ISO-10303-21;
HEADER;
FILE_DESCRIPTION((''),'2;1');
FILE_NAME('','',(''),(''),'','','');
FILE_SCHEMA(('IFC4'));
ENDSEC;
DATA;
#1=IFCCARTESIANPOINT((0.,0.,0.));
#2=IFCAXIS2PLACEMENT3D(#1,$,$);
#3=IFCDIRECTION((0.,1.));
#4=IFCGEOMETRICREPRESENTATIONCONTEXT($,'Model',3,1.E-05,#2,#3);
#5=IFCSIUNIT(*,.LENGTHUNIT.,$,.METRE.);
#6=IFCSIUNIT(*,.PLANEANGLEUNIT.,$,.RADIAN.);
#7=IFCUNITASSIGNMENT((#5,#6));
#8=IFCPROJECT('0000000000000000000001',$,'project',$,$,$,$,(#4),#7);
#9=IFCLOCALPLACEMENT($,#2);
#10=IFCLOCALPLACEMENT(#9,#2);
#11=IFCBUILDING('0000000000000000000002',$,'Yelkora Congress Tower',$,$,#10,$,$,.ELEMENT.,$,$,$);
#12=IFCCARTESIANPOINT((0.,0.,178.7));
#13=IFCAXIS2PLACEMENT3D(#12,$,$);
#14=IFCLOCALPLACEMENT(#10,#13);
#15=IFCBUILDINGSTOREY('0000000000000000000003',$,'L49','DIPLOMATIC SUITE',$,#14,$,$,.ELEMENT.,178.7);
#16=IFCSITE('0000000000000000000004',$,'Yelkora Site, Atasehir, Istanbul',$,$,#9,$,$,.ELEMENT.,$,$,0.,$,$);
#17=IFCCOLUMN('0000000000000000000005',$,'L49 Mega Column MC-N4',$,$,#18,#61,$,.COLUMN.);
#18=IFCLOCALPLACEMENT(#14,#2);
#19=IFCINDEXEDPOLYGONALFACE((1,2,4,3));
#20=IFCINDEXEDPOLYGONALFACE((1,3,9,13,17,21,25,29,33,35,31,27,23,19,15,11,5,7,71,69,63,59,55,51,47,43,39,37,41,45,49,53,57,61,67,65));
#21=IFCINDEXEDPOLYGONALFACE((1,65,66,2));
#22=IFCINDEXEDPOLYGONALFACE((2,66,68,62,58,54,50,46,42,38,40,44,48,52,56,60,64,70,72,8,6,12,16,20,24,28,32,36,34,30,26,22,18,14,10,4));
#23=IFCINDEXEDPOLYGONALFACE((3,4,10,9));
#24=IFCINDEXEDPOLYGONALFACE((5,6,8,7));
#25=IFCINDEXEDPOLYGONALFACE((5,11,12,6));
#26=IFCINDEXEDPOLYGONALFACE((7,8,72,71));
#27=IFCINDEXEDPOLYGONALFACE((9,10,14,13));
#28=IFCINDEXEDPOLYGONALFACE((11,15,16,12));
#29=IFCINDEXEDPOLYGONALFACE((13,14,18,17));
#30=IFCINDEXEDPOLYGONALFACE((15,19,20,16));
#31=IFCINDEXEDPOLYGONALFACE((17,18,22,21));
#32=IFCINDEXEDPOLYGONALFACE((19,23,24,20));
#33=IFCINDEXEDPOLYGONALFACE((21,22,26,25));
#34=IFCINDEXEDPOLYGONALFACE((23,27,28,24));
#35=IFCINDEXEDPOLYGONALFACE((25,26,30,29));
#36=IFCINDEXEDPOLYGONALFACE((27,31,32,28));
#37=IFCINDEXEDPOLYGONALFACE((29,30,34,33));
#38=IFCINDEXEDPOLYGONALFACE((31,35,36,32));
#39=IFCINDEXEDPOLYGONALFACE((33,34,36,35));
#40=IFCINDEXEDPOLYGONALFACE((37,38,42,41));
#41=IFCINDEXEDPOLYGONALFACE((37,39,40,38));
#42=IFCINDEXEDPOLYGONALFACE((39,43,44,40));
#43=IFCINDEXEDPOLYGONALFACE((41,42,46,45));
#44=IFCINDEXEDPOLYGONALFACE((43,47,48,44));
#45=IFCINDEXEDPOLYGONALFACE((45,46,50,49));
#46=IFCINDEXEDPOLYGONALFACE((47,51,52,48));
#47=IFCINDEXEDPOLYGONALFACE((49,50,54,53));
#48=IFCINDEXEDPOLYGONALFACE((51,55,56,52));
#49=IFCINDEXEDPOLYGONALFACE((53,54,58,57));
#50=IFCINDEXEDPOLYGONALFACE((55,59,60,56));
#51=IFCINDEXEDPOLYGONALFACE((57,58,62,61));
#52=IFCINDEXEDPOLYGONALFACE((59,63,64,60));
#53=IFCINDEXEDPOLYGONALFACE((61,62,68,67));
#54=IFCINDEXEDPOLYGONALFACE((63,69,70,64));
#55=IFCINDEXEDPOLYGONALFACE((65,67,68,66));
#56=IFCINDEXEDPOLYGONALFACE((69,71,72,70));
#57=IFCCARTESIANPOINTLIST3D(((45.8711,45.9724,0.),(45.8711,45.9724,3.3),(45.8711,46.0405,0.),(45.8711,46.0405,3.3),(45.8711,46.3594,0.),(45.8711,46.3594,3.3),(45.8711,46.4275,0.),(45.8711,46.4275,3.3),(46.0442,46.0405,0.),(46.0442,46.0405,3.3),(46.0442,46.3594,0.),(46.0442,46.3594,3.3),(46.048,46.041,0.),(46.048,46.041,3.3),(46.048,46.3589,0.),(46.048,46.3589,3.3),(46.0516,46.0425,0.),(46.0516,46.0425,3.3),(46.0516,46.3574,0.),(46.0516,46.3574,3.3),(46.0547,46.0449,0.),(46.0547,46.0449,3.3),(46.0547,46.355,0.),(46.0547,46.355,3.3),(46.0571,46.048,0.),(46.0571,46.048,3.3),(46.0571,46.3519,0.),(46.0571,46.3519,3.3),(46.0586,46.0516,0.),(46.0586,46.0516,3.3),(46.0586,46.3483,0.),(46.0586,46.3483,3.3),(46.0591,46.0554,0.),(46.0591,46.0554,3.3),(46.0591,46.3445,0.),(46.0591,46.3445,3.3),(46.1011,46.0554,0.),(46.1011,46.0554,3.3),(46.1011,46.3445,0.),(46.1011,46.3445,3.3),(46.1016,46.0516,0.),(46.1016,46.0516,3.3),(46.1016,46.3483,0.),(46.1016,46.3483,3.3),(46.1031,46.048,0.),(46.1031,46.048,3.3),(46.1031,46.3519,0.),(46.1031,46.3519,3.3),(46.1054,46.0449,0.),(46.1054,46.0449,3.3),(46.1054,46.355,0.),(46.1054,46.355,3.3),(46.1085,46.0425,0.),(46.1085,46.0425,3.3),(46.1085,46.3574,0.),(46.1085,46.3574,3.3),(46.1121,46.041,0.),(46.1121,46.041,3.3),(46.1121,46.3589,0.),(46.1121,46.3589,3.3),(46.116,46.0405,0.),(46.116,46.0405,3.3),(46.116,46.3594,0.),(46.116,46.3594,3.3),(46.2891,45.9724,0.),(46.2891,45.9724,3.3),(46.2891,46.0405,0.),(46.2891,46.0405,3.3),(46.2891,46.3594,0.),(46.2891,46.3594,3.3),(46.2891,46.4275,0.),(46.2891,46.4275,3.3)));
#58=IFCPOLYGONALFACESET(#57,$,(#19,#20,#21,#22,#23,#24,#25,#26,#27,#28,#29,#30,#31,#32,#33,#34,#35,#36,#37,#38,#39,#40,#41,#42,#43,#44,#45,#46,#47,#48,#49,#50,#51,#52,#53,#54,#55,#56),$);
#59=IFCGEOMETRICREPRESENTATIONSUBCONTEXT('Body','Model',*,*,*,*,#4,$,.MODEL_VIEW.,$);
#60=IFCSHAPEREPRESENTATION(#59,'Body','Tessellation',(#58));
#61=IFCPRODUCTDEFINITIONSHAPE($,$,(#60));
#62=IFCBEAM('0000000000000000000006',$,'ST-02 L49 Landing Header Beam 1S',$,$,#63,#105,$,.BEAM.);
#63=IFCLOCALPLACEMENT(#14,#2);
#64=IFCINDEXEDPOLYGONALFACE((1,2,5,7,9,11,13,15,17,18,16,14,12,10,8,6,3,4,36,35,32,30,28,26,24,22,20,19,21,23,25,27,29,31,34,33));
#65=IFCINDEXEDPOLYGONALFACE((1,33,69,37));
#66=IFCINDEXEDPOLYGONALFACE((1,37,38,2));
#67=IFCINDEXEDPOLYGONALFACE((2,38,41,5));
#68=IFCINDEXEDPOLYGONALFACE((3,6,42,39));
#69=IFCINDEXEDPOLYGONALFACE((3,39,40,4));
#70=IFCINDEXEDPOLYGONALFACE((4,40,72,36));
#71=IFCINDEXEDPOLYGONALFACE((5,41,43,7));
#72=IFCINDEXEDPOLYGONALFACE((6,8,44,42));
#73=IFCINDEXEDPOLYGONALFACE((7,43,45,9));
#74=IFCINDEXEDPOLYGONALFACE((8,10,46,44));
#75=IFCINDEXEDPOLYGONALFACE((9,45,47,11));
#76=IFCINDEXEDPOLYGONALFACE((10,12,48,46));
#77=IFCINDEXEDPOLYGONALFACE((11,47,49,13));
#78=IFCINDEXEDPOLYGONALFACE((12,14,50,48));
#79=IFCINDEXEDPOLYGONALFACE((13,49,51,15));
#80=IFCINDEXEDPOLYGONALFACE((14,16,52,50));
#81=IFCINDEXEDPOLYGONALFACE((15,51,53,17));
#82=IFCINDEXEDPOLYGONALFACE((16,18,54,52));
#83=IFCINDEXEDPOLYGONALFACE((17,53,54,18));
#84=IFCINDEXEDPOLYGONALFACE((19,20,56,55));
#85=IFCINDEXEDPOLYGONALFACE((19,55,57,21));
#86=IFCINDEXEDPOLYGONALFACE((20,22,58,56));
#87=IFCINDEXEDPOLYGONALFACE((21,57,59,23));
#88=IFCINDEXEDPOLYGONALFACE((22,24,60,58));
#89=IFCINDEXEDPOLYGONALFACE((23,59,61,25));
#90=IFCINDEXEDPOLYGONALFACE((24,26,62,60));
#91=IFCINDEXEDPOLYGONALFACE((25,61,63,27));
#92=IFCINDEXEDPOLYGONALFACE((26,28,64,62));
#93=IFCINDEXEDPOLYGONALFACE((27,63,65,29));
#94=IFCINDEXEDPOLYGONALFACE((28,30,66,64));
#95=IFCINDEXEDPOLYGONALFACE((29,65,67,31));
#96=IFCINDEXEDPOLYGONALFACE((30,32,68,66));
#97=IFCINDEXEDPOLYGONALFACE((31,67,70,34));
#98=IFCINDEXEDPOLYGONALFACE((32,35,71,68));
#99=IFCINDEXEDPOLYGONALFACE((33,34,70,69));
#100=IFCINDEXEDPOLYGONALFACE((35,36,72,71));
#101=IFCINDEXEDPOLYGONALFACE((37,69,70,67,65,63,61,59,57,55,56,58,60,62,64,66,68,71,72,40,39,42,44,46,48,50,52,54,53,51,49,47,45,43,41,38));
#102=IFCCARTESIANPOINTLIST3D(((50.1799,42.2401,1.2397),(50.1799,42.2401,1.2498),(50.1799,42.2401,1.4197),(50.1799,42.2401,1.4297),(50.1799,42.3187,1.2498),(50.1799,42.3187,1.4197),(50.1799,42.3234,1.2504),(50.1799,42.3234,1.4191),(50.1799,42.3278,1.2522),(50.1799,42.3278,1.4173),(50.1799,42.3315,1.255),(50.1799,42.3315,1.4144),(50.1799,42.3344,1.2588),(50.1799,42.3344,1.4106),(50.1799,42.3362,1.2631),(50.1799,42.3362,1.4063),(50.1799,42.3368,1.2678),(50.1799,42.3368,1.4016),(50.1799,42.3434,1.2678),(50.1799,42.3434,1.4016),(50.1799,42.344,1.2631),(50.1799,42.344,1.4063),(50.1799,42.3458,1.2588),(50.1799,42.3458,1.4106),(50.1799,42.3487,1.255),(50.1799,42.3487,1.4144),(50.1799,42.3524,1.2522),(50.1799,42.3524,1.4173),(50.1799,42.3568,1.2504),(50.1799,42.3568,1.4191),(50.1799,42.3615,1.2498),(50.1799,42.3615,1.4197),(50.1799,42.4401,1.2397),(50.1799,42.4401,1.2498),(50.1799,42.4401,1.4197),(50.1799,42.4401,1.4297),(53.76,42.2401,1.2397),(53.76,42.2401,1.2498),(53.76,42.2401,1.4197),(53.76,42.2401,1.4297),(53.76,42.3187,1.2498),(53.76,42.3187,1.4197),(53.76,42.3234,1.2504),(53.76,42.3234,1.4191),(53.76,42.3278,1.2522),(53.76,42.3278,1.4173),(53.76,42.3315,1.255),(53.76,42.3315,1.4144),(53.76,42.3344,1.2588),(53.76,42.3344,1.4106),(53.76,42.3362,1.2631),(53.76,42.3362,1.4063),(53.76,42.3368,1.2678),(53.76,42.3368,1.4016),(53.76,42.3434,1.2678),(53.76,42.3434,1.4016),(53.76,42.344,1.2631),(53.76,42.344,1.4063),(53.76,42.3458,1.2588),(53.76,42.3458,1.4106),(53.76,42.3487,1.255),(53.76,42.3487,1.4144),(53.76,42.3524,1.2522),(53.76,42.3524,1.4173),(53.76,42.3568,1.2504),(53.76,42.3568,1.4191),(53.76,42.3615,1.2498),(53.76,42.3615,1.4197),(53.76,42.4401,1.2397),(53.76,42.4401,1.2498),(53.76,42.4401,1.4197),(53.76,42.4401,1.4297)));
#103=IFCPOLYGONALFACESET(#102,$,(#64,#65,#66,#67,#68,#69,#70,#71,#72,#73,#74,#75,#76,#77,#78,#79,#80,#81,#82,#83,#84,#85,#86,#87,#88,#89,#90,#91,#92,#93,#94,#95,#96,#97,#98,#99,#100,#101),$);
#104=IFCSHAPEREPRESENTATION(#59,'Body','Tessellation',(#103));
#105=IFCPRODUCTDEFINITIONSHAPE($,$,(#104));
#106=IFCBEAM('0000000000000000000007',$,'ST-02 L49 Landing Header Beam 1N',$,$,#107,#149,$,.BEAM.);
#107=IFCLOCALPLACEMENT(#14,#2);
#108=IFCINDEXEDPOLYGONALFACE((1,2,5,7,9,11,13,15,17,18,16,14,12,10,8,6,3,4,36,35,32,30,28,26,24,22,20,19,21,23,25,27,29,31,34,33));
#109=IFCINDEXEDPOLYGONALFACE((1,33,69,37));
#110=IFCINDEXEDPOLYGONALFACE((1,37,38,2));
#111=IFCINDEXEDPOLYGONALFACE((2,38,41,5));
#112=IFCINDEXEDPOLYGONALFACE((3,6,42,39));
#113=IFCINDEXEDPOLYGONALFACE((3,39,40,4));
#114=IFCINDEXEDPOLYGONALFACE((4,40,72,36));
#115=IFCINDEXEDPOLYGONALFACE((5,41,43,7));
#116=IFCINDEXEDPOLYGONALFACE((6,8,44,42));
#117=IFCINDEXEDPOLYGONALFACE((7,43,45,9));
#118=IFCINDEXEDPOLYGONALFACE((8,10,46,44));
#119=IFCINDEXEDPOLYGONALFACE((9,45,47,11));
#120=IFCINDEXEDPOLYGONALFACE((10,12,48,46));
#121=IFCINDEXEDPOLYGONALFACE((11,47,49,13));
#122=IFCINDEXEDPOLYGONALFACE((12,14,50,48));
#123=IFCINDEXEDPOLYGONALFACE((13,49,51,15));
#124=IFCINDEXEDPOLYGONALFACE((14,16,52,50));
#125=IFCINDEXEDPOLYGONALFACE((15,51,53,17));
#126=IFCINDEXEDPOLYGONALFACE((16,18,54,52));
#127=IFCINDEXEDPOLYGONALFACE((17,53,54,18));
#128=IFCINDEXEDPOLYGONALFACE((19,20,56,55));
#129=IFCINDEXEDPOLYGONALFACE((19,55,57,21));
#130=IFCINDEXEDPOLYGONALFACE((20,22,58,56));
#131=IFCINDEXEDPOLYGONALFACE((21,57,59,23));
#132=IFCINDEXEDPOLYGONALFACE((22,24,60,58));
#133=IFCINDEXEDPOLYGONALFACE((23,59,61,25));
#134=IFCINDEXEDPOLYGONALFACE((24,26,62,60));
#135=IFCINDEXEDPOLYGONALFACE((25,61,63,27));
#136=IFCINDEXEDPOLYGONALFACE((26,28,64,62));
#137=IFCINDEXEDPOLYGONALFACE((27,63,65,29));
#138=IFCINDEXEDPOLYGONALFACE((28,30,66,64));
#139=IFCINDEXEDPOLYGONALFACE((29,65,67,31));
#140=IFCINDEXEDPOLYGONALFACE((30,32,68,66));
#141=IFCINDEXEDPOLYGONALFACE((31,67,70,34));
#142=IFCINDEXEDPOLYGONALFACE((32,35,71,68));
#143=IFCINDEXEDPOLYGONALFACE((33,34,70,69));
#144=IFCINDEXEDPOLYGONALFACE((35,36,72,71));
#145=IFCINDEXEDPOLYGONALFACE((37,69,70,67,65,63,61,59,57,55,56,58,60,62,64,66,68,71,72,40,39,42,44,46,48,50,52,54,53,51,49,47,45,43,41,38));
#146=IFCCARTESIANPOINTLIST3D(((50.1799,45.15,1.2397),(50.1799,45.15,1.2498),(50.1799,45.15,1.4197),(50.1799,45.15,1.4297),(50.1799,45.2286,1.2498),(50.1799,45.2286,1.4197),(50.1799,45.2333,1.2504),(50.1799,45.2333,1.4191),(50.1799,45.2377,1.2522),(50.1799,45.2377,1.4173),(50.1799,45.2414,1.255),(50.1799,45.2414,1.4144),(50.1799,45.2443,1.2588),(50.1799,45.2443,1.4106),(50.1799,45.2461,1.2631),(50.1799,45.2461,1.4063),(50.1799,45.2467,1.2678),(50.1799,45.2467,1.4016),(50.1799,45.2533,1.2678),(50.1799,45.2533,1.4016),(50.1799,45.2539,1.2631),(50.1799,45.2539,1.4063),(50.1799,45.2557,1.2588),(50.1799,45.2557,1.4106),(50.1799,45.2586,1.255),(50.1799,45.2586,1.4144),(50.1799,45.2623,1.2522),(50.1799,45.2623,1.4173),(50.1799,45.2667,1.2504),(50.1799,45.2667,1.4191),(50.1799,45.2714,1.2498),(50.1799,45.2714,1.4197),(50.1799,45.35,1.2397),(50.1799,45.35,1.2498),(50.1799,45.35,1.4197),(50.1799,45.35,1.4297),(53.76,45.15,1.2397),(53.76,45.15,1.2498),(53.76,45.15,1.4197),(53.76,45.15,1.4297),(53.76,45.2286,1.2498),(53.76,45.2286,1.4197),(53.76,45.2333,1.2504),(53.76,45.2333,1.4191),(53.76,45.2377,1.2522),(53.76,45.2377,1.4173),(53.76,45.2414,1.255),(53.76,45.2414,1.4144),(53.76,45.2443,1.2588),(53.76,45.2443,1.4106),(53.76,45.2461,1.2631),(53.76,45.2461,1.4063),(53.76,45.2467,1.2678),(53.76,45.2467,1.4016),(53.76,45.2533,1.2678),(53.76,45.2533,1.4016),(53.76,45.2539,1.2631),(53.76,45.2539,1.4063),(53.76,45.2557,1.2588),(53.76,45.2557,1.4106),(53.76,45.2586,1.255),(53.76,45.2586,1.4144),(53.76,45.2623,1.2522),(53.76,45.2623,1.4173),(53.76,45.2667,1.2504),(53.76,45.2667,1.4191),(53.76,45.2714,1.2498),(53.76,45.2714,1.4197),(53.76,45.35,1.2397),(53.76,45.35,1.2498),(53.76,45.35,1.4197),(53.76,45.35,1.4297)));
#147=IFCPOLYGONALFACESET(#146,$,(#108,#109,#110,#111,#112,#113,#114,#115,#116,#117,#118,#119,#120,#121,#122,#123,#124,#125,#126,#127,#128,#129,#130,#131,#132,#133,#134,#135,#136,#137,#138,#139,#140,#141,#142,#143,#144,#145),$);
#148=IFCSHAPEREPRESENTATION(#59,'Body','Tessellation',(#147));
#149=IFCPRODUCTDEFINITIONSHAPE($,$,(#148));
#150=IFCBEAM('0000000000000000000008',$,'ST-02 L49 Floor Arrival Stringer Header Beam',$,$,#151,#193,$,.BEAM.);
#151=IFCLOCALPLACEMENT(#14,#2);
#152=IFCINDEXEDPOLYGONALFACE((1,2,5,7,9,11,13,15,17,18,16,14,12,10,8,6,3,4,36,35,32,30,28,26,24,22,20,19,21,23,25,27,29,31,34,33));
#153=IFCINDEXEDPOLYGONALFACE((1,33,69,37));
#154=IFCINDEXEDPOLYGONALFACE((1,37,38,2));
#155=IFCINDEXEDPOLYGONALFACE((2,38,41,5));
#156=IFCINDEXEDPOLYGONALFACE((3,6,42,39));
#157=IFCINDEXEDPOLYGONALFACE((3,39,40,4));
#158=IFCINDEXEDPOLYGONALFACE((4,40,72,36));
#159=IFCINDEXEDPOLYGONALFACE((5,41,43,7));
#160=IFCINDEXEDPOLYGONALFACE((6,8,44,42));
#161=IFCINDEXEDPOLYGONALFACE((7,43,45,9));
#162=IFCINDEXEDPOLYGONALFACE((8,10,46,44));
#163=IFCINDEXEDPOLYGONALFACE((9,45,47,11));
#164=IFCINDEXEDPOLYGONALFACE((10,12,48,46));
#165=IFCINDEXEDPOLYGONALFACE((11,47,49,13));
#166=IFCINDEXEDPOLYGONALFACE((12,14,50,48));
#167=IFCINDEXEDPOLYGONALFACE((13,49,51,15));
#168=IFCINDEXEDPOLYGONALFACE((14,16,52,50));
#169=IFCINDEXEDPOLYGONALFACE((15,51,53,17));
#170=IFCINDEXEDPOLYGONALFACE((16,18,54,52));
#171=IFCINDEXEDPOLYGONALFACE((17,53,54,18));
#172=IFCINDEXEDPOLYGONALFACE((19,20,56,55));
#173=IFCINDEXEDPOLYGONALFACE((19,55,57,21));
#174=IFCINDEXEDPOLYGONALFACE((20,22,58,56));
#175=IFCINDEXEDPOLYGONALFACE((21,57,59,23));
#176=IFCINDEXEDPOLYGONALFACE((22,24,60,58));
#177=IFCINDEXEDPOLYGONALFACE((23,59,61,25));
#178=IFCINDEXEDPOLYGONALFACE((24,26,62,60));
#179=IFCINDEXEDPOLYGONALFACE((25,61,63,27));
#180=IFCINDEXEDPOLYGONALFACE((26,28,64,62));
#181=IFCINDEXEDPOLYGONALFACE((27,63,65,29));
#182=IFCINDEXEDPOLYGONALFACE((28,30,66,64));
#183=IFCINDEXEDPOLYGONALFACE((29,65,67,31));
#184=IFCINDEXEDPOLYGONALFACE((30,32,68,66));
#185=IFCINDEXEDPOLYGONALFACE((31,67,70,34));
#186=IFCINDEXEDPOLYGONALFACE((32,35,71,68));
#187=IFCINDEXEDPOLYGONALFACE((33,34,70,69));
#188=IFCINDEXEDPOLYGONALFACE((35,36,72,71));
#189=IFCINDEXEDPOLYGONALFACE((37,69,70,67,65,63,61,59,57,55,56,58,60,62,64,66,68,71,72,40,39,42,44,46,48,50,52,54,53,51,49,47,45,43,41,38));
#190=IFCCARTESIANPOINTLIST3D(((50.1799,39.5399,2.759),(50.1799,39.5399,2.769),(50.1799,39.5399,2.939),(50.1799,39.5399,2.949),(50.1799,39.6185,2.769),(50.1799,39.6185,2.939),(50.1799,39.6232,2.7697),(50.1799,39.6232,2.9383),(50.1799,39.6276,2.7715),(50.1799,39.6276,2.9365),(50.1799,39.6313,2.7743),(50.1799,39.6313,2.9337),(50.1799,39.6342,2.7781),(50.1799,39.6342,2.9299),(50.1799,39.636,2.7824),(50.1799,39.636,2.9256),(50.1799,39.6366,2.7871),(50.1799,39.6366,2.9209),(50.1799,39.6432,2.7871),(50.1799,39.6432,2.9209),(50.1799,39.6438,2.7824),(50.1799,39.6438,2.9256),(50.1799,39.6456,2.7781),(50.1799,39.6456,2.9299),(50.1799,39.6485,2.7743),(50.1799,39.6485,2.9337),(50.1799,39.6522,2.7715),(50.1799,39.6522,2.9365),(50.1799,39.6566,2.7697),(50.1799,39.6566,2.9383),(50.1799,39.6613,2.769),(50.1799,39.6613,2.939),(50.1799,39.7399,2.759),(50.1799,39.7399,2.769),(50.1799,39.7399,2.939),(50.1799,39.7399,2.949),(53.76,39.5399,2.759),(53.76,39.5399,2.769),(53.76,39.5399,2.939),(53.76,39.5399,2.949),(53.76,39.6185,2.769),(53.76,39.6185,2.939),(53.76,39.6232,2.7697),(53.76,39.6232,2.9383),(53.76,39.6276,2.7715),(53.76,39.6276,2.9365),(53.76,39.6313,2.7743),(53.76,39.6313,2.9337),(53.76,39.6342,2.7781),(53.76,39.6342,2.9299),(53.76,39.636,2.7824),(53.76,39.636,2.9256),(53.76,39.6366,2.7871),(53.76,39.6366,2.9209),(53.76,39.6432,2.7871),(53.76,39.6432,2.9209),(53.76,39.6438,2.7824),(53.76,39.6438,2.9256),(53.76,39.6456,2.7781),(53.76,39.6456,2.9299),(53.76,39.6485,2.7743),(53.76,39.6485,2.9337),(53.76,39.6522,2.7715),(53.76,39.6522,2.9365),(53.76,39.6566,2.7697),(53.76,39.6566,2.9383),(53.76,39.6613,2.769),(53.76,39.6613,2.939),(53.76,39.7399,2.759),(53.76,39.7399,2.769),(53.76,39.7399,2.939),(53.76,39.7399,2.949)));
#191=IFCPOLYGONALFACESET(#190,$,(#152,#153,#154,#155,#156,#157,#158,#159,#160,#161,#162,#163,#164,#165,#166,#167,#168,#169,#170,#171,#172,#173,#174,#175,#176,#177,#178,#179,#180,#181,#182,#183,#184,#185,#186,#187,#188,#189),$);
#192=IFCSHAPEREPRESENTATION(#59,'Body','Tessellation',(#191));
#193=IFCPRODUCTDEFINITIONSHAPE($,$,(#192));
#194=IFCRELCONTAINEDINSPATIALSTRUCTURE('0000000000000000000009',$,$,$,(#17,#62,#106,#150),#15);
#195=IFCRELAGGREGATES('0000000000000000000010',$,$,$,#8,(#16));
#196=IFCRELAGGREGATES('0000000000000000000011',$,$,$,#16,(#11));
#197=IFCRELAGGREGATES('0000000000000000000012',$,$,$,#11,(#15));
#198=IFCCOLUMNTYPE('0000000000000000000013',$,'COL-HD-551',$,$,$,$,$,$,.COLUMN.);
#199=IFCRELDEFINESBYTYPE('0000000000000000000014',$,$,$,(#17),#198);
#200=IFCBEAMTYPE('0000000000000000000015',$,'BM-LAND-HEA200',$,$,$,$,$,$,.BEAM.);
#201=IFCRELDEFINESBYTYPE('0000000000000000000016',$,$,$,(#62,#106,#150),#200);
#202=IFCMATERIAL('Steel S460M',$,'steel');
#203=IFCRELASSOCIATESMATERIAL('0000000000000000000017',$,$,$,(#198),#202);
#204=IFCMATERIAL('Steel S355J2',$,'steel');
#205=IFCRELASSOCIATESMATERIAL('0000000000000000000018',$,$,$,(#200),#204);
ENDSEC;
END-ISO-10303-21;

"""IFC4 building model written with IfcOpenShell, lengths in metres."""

from ifc_helpers import new_model, si_unit, direction, frame, origin, origin_2d, place, context, subcontext, project, spatial, i_section, extrude, material, material_profile, profile_set, type_object, element, save


model = new_model("IFC4")

# Units and contexts
model_context = context("Model", 3, precision=1e-05, world=origin(), true_north=direction((0.0, 1.0)))
body_context = subcontext(model_context, "Body", "Model", "MODEL_VIEW")
ifc_project = project(units=[si_unit("LENGTHUNIT", "METRE"), si_unit("PLANEANGLEUNIT", "RADIAN")], contexts=[model_context])

# Site, building, storey
site_placement = place(None, origin())
site = spatial("IfcSite", under=ifc_project, at=site_placement, Name="Yelkora Site, Atasehir, Istanbul", CompositionType="ELEMENT", RefElevation=0.0)
building_placement = place(site_placement, origin())
building = spatial("IfcBuilding", under=site, at=building_placement, Name="Yelkora Congress Tower", CompositionType="ELEMENT")
storey_placement = place(building_placement, frame((0.0, 0.0, 178.7)))
storey = spatial("IfcBuildingStorey", under=building, at=storey_placement, Name="L49", Description="DIPLOMATIC SUITE", CompositionType="ELEMENT", Elevation=178.7)

# Column
ifc_material_1 = material(Name="Steel S460M", Category="steel")
ifc_material_profile_1 = material_profile(ifc_material_1, i_section(OverallWidth=0.418, OverallDepth=0.4551, WebThickness=0.042, FlangeThickness=0.0681, FilletRadius=0.0149, at=origin_2d()), Name="HD 400x551")
ifc_profile_set_1 = profile_set([ifc_material_profile_1], Name="Steel S460M")
column_type = type_object("IfcColumnType", Name="COL-HD-551", PredefinedType="COLUMN", material=ifc_profile_set_1)
column_placement = place(storey_placement, frame((46.0801, 46.2, 0.0), z_axis=(0.0, 0.0, 1.0), x_axis=(1.0, 0.0, 0.0)))
element("IfcColumn", 1, at=column_placement, inside=storey, type_object=column_type, Name="L49 Mega Column MC-N4", PredefinedType="COLUMN", context=body_context, shape_type="SweptSolid", body=[
    extrude(i_section(OverallWidth=0.418, OverallDepth=0.4551, WebThickness=0.042, FlangeThickness=0.0681, FilletRadius=0.0149, at=origin_2d()), origin(), (0.0, 0.0, 1.0), 3.3),
])

# Beams
ifc_material_2 = material(Name="Steel S355J2", Category="steel")
ifc_material_profile_2 = material_profile(ifc_material_2, i_section(OverallWidth=0.2, OverallDepth=0.1899, WebThickness=0.0066, FlangeThickness=0.01, FilletRadius=0.0181, at=origin_2d()), Name="HEA 200")
ifc_profile_set_2 = profile_set([ifc_material_profile_2], Name="Steel S355J2")
beam_type = type_object("IfcBeamType", Name="BM-LAND-HEA200", PredefinedType="BEAM", material=ifc_profile_set_2)
for number, where, z_axis, x_axis, name in (
    (2, (50.1799, 42.3401, 1.3347), (1.0, 0.0, 0.0), (0.0, 1.0, 0.0), "ST-02 L49 Landing Header Beam 1S"),
    (3, (50.1799, 45.25, 1.3347), (1.0, 0.0, 0.0), (0.0, 1.0, 0.0), "ST-02 L49 Landing Header Beam 1N"),
    (4, (50.1799, 39.6399, 2.854), (1.0, 0.0, 0.0), (0.0, 1.0, 0.0), "ST-02 L49 Floor Arrival Stringer Header Beam"),
):
    element("IfcBeam", number, at=place(storey_placement, frame(where, z_axis=z_axis, x_axis=x_axis)), inside=storey, type_object=beam_type, Name=name, PredefinedType="BEAM", context=body_context, shape_type="SweptSolid", body=[
        extrude(i_section(OverallWidth=0.2, OverallDepth=0.1899, WebThickness=0.0066, FlangeThickness=0.01, FilletRadius=0.0181, at=origin_2d()), origin(), (0.0, 0.0, 1.0), 3.5801),
    ])

save(model, "model.ifc")
